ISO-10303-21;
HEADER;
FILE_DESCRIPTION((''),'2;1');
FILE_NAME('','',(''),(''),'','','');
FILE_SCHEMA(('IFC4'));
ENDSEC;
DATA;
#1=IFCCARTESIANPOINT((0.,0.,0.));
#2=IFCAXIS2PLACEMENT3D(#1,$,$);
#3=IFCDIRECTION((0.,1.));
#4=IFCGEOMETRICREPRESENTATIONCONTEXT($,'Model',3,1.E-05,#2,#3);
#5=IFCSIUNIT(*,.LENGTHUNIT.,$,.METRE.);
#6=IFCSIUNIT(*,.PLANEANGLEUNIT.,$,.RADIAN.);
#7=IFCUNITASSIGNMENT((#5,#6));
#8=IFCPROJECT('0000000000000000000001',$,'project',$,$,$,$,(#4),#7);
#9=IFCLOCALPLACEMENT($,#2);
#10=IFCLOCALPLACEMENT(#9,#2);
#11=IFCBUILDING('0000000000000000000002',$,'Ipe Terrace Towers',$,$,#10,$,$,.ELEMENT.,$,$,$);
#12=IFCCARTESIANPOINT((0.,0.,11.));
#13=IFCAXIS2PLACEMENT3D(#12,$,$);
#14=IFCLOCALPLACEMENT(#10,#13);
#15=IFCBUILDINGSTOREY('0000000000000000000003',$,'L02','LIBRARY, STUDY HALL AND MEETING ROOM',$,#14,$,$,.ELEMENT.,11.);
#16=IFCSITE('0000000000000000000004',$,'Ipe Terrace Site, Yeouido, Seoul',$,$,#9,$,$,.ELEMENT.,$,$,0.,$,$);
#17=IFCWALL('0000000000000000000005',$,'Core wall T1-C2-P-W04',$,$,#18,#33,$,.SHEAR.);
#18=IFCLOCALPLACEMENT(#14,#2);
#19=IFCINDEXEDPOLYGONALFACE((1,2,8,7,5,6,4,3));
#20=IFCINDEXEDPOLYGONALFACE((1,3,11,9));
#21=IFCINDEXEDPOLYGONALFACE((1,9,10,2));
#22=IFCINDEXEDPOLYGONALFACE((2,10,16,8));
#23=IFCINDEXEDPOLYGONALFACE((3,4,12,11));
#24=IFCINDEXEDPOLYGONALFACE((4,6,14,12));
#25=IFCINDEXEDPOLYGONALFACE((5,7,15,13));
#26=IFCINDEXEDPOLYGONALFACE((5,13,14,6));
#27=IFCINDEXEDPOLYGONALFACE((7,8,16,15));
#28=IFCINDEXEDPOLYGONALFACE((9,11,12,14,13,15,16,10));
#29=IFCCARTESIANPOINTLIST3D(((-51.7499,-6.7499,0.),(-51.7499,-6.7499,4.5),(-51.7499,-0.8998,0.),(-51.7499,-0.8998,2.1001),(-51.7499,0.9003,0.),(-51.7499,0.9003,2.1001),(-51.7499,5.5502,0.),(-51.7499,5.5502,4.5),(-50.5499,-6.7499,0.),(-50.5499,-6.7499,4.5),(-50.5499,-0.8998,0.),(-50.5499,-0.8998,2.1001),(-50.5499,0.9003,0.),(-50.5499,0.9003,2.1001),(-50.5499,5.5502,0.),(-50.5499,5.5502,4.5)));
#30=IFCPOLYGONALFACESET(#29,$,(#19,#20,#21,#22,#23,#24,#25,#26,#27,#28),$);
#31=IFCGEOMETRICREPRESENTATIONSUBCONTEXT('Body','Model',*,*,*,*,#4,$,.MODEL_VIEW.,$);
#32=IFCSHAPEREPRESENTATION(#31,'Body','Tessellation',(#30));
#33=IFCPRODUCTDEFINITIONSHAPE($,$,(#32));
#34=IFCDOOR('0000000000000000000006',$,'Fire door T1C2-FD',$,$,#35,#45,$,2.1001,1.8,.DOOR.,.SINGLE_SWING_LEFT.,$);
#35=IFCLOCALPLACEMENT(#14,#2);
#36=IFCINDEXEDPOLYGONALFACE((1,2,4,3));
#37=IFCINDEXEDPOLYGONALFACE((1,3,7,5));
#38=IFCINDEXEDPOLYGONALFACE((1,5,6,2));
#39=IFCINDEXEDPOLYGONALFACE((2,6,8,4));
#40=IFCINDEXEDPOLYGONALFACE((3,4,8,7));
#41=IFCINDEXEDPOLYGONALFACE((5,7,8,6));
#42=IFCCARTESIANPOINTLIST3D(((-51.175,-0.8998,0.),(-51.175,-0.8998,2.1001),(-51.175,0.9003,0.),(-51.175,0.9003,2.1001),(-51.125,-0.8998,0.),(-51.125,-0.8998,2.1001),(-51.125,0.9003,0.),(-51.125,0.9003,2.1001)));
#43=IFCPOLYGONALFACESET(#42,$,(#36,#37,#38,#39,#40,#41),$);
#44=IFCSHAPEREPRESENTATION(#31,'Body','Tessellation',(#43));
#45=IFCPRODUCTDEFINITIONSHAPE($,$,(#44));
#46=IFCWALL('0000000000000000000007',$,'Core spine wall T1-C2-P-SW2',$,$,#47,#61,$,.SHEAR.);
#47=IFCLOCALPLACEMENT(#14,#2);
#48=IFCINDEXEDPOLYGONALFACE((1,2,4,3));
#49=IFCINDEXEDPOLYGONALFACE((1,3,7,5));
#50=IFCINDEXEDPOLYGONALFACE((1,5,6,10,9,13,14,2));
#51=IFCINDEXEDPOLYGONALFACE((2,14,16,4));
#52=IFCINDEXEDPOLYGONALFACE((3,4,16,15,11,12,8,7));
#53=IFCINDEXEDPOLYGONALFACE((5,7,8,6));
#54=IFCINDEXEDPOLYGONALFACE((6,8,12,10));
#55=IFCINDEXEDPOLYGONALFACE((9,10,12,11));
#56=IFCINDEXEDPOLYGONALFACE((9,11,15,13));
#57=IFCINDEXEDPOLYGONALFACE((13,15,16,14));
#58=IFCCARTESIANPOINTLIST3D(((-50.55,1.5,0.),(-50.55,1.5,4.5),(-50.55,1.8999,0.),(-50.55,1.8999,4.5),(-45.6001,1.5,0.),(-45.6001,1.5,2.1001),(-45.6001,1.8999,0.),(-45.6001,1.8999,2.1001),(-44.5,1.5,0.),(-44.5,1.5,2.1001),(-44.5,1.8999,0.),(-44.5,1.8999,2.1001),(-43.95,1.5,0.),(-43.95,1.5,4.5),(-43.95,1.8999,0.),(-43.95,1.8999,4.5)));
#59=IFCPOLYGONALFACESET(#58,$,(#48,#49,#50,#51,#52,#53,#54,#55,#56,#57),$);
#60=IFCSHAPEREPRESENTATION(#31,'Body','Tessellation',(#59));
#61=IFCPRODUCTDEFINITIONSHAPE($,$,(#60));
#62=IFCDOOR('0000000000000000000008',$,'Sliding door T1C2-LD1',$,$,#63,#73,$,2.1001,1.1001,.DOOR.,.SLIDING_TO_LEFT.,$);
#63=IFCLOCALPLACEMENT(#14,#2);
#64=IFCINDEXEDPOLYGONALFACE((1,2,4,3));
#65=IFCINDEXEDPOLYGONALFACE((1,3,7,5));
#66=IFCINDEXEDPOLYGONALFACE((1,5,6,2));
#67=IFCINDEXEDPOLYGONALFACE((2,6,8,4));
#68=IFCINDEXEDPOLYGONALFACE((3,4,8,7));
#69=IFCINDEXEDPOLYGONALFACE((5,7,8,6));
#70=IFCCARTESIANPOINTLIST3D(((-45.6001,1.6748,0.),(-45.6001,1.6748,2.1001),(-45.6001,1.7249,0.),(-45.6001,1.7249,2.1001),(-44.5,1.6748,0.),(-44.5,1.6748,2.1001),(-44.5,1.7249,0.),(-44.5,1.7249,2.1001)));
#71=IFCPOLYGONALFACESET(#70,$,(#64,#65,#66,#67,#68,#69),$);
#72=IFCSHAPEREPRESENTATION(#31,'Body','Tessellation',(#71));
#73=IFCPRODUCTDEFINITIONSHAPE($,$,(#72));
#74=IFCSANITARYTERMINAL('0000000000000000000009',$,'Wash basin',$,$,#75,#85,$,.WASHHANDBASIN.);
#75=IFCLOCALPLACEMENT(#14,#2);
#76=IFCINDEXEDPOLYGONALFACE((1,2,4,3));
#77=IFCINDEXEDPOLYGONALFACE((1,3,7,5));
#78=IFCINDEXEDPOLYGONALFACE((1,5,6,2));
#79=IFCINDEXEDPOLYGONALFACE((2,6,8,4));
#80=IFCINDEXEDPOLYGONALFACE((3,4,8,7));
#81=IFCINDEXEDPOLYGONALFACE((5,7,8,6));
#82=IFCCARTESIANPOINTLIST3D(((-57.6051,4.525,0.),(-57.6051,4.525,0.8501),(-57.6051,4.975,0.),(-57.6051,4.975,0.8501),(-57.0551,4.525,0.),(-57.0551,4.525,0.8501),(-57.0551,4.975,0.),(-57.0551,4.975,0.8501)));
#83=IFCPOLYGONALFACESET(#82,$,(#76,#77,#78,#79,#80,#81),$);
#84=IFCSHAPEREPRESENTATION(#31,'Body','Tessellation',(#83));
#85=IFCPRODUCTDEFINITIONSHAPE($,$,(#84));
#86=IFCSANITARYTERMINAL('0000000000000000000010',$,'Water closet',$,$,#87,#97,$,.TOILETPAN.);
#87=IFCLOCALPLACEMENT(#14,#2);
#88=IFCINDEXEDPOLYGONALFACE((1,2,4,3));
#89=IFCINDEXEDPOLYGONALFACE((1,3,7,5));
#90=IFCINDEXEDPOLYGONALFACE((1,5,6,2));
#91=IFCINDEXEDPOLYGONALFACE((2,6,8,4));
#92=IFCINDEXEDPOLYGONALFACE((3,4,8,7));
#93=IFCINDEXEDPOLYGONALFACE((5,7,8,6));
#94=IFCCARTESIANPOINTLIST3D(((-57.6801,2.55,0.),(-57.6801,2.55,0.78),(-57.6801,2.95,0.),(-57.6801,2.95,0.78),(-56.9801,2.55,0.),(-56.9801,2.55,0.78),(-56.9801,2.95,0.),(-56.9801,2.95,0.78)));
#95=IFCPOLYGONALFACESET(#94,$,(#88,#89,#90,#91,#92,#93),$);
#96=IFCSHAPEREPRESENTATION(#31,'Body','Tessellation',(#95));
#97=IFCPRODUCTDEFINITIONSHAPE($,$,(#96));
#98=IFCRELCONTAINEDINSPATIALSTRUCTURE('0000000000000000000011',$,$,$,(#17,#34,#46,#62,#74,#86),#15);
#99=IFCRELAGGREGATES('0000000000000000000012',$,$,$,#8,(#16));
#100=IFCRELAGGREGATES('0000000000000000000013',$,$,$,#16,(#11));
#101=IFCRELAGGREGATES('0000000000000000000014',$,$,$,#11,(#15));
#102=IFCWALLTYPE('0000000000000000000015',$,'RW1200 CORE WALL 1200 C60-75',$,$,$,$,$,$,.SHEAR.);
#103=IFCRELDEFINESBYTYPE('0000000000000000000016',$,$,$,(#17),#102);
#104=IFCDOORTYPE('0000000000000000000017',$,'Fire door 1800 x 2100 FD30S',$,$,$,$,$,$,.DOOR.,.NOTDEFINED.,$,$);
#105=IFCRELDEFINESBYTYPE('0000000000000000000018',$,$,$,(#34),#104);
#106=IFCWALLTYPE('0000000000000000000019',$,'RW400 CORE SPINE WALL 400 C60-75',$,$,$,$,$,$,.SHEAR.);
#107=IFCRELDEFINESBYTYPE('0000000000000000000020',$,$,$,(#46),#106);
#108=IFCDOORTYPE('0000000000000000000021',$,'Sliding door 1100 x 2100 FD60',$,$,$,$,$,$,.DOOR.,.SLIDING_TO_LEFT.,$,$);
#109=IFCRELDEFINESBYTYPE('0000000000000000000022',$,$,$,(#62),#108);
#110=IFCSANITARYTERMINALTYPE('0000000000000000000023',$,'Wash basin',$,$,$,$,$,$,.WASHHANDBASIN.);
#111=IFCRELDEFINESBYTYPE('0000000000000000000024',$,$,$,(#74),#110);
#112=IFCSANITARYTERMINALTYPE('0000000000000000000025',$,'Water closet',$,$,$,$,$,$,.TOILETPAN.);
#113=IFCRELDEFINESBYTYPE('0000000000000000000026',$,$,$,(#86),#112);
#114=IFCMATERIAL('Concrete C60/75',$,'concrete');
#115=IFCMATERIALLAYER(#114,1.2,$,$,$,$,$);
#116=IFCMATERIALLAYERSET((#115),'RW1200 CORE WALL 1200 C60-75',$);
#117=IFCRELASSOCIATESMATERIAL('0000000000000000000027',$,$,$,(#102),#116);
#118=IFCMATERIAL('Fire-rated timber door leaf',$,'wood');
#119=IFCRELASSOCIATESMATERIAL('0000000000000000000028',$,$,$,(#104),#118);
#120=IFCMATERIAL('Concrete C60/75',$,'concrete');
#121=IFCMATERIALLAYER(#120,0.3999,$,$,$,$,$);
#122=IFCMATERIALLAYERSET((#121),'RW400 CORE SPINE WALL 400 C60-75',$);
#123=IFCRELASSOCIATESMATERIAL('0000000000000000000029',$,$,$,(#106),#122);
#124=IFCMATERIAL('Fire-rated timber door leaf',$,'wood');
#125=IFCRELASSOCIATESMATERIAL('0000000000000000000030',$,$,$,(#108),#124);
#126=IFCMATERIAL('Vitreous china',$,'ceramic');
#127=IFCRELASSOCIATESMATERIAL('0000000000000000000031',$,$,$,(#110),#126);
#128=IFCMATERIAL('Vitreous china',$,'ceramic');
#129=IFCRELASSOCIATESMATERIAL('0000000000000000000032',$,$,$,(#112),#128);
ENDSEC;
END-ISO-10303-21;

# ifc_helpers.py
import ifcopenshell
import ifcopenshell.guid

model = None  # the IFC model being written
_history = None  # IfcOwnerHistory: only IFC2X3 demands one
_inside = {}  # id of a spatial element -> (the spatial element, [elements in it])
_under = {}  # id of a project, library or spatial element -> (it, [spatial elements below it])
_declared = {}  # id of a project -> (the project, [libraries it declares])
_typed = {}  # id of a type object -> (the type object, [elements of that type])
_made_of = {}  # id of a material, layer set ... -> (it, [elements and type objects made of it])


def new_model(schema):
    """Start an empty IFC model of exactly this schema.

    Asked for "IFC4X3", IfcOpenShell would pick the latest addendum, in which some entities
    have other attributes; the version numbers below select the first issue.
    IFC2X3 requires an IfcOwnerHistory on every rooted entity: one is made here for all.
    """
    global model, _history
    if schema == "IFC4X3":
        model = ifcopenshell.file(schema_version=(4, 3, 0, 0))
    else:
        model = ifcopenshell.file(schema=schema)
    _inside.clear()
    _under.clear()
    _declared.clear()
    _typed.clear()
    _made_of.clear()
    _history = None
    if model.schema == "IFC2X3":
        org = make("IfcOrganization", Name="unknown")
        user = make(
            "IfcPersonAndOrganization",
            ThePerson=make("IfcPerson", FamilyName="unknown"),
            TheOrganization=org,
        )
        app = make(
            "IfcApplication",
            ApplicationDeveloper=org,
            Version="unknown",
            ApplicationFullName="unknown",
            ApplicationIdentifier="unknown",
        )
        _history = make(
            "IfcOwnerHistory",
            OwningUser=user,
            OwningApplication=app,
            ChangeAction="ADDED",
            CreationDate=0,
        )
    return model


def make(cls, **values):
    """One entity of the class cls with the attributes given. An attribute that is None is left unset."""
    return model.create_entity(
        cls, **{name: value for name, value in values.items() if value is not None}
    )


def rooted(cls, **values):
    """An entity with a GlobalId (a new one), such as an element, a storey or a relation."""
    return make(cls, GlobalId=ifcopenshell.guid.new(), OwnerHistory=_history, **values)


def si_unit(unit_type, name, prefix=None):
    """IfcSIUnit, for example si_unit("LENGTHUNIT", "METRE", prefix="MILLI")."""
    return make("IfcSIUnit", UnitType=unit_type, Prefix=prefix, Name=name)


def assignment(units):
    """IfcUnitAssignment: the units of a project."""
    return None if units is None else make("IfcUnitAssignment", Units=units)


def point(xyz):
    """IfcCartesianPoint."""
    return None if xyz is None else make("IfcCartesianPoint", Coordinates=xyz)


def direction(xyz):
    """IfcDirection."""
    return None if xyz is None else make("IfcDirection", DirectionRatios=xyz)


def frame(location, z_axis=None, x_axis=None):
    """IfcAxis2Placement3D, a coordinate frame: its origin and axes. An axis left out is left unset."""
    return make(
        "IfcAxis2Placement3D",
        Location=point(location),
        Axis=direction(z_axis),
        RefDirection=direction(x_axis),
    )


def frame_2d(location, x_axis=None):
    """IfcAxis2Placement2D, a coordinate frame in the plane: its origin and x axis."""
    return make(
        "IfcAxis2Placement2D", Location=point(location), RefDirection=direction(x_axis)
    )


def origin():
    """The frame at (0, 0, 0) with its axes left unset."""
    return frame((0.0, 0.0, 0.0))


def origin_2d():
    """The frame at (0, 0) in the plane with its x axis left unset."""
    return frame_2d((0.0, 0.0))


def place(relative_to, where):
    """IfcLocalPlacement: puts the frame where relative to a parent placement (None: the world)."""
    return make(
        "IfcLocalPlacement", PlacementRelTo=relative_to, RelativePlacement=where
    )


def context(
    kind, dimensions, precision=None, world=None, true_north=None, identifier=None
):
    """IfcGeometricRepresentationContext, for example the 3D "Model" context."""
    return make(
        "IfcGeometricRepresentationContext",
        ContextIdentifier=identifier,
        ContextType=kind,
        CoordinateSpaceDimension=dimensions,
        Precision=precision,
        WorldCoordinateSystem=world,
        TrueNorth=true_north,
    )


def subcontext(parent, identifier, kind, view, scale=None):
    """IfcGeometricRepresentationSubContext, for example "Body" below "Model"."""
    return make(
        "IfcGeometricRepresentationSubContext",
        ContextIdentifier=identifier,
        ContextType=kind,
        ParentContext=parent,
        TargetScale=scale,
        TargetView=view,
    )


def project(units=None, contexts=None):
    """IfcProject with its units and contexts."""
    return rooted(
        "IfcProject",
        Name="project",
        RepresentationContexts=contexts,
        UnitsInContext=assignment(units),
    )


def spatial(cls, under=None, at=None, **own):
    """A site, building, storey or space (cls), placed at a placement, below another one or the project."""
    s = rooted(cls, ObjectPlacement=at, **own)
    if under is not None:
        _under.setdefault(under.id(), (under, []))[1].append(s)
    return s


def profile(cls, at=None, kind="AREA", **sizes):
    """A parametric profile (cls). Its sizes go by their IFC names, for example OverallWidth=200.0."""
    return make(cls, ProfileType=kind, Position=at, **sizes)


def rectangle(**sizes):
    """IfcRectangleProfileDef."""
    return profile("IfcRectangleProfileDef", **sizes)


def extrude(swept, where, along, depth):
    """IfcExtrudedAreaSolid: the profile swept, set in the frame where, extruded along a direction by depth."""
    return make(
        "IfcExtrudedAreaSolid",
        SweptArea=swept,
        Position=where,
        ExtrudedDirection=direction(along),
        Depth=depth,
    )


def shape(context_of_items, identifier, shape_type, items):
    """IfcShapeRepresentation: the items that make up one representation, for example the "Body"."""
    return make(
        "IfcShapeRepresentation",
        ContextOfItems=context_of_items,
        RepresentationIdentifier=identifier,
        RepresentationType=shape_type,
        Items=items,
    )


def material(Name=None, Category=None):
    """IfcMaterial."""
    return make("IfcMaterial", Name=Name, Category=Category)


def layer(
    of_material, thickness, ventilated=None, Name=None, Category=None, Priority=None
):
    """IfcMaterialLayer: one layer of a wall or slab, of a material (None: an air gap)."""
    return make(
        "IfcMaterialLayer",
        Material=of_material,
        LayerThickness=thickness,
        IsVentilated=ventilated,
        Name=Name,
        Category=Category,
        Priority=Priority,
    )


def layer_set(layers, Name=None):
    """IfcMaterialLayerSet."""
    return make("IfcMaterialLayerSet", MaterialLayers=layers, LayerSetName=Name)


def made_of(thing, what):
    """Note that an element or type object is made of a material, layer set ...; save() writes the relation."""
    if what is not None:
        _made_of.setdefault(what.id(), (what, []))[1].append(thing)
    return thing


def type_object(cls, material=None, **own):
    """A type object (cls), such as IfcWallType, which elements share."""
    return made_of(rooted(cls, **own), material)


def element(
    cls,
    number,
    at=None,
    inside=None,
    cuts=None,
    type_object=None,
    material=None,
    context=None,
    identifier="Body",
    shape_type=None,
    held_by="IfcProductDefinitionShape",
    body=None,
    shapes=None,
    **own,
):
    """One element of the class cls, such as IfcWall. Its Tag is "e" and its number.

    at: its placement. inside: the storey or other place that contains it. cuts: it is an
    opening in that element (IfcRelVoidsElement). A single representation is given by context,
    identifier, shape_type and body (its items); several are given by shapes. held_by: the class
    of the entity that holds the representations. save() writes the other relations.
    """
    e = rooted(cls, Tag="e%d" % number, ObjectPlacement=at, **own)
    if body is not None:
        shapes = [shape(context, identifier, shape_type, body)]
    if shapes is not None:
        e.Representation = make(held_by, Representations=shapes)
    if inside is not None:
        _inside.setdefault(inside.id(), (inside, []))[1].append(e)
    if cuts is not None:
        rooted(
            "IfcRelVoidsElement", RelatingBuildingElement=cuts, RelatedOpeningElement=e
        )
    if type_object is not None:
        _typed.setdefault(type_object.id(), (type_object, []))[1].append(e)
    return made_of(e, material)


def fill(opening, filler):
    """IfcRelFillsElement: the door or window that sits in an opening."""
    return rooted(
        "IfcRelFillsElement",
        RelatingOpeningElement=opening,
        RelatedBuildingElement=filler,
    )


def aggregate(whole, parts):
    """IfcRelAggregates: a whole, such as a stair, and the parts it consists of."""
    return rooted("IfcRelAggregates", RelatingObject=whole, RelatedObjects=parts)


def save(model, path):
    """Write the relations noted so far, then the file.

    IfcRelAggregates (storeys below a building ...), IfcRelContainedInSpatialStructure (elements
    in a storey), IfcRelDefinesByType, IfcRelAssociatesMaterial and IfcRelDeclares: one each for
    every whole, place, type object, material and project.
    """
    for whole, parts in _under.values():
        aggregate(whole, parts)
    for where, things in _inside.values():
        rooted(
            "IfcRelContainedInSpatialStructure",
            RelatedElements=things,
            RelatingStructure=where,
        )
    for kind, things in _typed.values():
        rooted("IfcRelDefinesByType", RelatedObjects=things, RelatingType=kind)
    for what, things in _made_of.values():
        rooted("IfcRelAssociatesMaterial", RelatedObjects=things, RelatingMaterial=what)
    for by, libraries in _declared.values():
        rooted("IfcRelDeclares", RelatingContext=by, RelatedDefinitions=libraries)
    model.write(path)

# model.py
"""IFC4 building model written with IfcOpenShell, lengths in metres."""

from ifc_helpers import new_model, si_unit, direction, frame, frame_2d, origin, origin_2d, place, context, subcontext, project, spatial, rectangle, extrude, material, layer, layer_set, type_object, element, fill, save


model = new_model("IFC4")

# Units and contexts
model_context = context("Model", 3, precision=1e-05, world=origin(), true_north=direction((0.0, 1.0)))
body_context = subcontext(model_context, "Body", "Model", "MODEL_VIEW")
ifc_project = project(units=[si_unit("LENGTHUNIT", "METRE"), si_unit("PLANEANGLEUNIT", "RADIAN")], contexts=[model_context])

# Site, building, storey
site_placement = place(None, origin())
site = spatial("IfcSite", under=ifc_project, at=site_placement, Name="Ipe Terrace Site, Yeouido, Seoul", CompositionType="ELEMENT", RefElevation=0.0)
building_placement = place(site_placement, origin())
building = spatial("IfcBuilding", under=site, at=building_placement, Name="Ipe Terrace Towers", CompositionType="ELEMENT")
storey_placement = place(building_placement, frame((0.0, 0.0, 11.0)))
storey = spatial("IfcBuildingStorey", under=building, at=storey_placement, Name="L02", Description="LIBRARY, STUDY HALL AND MEETING ROOM", CompositionType="ELEMENT", Elevation=11.0)

# Shared definitions
ifc_material_1 = material(Name="Concrete C60/75", Category="concrete")
ifc_layer_1 = layer(ifc_material_1, 1.2)
ifc_layer_set_1 = layer_set([ifc_layer_1], Name="RW1200 CORE WALL 1200 C60-75")
wall_type_1 = type_object("IfcWallType", Name="RW1200 CORE WALL 1200 C60-75", PredefinedType="SHEAR", material=ifc_layer_set_1)

# Walls, openings, doors
wall_1_placement = place(storey_placement, frame((-51.1499, 5.55, 0.0), z_axis=(0.0, 0.0, 1.0), x_axis=(0.0, -1.0, 0.0)))
wall_1 = element("IfcWall", 1, at=wall_1_placement, inside=storey, type_object=wall_type_1, Name="Core wall T1-C2-P-W04", PredefinedType="SHEAR", context=body_context, shape_type="SweptSolid", body=[
    extrude(rectangle(XDim=12.3, YDim=1.2, at=frame_2d((6.1499, 0.0))), origin(), (0.0, 0.0, 1.0), 4.5),
])
opening_1_placement = place(wall_1_placement, frame((4.6499, 0.0, 0.0)))
opening_1 = element("IfcOpeningElement", 2, at=opening_1_placement, cuts=wall_1, PredefinedType="OPENING", context=body_context, shape_type="SweptSolid", body=[
    extrude(rectangle(XDim=1.8, YDim=2.1001, at=frame_2d((0.8999, 1.05))), frame((0.0, 0.6099, 0.0), z_axis=(0.0, -1.0, 0.0), x_axis=(1.0, 0.0, 0.0)), (0.0, 0.0, 1.0), 1.22),
])
ifc_material_2 = material(Name="Fire-rated timber door leaf", Category="wood")
door_type_1 = type_object("IfcDoorType", Name="Fire door 1800 x 2100 FD30S", OperationType="NOTDEFINED", PredefinedType="DOOR", material=ifc_material_2)
door_1_placement = place(opening_1_placement, origin())
door_1 = element("IfcDoor", 3, at=door_1_placement, inside=storey, type_object=door_type_1, Name="Fire door T1C2-FD", OperationType="SINGLE_SWING_LEFT", OverallHeight=2.1001, OverallWidth=1.8, PredefinedType="DOOR", context=body_context, shape_type="SweptSolid", body=[
    extrude(rectangle(XDim=1.8, YDim=2.1001, at=frame_2d((0.8999, 1.05))), frame((0.0, 0.0249, 0.0), z_axis=(0.0, -1.0, 0.0), x_axis=(1.0, 0.0, 0.0)), (0.0, 0.0, 1.0), 0.05),
])
fill(opening_1, door_1)
ifc_material_3 = material(Name="Concrete C60/75", Category="concrete")
ifc_layer_2 = layer(ifc_material_3, 0.3999)
ifc_layer_set_2 = layer_set([ifc_layer_2], Name="RW400 CORE SPINE WALL 400 C60-75")
wall_type_2 = type_object("IfcWallType", Name="RW400 CORE SPINE WALL 400 C60-75", PredefinedType="SHEAR", material=ifc_layer_set_2)
wall_2_placement = place(storey_placement, frame((-50.55, 1.7, 0.0), z_axis=(0.0, 0.0, 1.0), x_axis=(1.0, 0.0, 0.0)))
wall_2 = element("IfcWall", 4, at=wall_2_placement, inside=storey, type_object=wall_type_2, Name="Core spine wall T1-C2-P-SW2", PredefinedType="SHEAR", context=body_context, shape_type="SweptSolid", body=[
    extrude(rectangle(XDim=6.6001, YDim=0.3999, at=frame_2d((3.3, 0.0))), origin(), (0.0, 0.0, 1.0), 4.5),
])
opening_2_placement = place(wall_2_placement, frame((4.95, 0.0, 0.0)))
opening_2 = element("IfcOpeningElement", 5, at=opening_2_placement, cuts=wall_2, PredefinedType="OPENING", context=body_context, shape_type="SweptSolid", body=[
    extrude(rectangle(XDim=1.1001, YDim=2.1001, at=frame_2d((0.55, 1.05))), frame((0.0, 0.21, 0.0), z_axis=(0.0, -1.0, 0.0), x_axis=(1.0, 0.0, 0.0)), (0.0, 0.0, 1.0), 0.4199),
])
ifc_material_4 = material(Name="Fire-rated timber door leaf", Category="wood")
door_type_2 = type_object("IfcDoorType", Name="Sliding door 1100 x 2100 FD60", OperationType="SLIDING_TO_LEFT", PredefinedType="DOOR", material=ifc_material_4)
door_2_placement = place(opening_2_placement, origin())
door_2 = element("IfcDoor", 6, at=door_2_placement, inside=storey, type_object=door_type_2, Name="Sliding door T1C2-LD1", OperationType="SLIDING_TO_LEFT", OverallHeight=2.1001, OverallWidth=1.1001, PredefinedType="DOOR", context=body_context, shape_type="SweptSolid", body=[
    extrude(rectangle(XDim=1.1001, YDim=2.1001, at=frame_2d((0.55, 1.05))), frame((0.0, 0.0249, 0.0), z_axis=(0.0, -1.0, 0.0), x_axis=(1.0, 0.0, 0.0)), (0.0, 0.0, 1.0), 0.05),
])
fill(opening_2, door_2)

# Sanitary terminals
ifc_material_5 = material(Name="Vitreous china", Category="ceramic")
sanitary_terminal_type_1 = type_object("IfcSanitaryTerminalType", Name="Wash basin", PredefinedType="WASHHANDBASIN", material=ifc_material_5)
sanitary_terminal_1_placement = place(storey_placement, frame((-57.3301, 4.75, 0.0), z_axis=(0.0, 0.0, 1.0), x_axis=(1.0, 0.0, 0.0)))
element("IfcSanitaryTerminal", 7, at=sanitary_terminal_1_placement, inside=storey, type_object=sanitary_terminal_type_1, Name="Wash basin", PredefinedType="WASHHANDBASIN", context=body_context, shape_type="SweptSolid", body=[
    extrude(rectangle(XDim=0.55, YDim=0.45, at=origin_2d()), origin(), (0.0, 0.0, 1.0), 0.8501),
])
ifc_material_6 = material(Name="Vitreous china", Category="ceramic")
sanitary_terminal_type_2 = type_object("IfcSanitaryTerminalType", Name="Water closet", PredefinedType="TOILETPAN", material=ifc_material_6)
sanitary_terminal_2_placement = place(storey_placement, frame((-57.3301, 2.75, 0.0), z_axis=(0.0, 0.0, 1.0), x_axis=(1.0, 0.0, 0.0)))
element("IfcSanitaryTerminal", 8, at=sanitary_terminal_2_placement, inside=storey, type_object=sanitary_terminal_type_2, Name="Water closet", PredefinedType="TOILETPAN", context=body_context, shape_type="SweptSolid", body=[
    extrude(rectangle(XDim=0.7, YDim=0.3999, at=origin_2d()), origin(), (0.0, 0.0, 1.0), 0.78),
])

save(model, "model.ifc")
